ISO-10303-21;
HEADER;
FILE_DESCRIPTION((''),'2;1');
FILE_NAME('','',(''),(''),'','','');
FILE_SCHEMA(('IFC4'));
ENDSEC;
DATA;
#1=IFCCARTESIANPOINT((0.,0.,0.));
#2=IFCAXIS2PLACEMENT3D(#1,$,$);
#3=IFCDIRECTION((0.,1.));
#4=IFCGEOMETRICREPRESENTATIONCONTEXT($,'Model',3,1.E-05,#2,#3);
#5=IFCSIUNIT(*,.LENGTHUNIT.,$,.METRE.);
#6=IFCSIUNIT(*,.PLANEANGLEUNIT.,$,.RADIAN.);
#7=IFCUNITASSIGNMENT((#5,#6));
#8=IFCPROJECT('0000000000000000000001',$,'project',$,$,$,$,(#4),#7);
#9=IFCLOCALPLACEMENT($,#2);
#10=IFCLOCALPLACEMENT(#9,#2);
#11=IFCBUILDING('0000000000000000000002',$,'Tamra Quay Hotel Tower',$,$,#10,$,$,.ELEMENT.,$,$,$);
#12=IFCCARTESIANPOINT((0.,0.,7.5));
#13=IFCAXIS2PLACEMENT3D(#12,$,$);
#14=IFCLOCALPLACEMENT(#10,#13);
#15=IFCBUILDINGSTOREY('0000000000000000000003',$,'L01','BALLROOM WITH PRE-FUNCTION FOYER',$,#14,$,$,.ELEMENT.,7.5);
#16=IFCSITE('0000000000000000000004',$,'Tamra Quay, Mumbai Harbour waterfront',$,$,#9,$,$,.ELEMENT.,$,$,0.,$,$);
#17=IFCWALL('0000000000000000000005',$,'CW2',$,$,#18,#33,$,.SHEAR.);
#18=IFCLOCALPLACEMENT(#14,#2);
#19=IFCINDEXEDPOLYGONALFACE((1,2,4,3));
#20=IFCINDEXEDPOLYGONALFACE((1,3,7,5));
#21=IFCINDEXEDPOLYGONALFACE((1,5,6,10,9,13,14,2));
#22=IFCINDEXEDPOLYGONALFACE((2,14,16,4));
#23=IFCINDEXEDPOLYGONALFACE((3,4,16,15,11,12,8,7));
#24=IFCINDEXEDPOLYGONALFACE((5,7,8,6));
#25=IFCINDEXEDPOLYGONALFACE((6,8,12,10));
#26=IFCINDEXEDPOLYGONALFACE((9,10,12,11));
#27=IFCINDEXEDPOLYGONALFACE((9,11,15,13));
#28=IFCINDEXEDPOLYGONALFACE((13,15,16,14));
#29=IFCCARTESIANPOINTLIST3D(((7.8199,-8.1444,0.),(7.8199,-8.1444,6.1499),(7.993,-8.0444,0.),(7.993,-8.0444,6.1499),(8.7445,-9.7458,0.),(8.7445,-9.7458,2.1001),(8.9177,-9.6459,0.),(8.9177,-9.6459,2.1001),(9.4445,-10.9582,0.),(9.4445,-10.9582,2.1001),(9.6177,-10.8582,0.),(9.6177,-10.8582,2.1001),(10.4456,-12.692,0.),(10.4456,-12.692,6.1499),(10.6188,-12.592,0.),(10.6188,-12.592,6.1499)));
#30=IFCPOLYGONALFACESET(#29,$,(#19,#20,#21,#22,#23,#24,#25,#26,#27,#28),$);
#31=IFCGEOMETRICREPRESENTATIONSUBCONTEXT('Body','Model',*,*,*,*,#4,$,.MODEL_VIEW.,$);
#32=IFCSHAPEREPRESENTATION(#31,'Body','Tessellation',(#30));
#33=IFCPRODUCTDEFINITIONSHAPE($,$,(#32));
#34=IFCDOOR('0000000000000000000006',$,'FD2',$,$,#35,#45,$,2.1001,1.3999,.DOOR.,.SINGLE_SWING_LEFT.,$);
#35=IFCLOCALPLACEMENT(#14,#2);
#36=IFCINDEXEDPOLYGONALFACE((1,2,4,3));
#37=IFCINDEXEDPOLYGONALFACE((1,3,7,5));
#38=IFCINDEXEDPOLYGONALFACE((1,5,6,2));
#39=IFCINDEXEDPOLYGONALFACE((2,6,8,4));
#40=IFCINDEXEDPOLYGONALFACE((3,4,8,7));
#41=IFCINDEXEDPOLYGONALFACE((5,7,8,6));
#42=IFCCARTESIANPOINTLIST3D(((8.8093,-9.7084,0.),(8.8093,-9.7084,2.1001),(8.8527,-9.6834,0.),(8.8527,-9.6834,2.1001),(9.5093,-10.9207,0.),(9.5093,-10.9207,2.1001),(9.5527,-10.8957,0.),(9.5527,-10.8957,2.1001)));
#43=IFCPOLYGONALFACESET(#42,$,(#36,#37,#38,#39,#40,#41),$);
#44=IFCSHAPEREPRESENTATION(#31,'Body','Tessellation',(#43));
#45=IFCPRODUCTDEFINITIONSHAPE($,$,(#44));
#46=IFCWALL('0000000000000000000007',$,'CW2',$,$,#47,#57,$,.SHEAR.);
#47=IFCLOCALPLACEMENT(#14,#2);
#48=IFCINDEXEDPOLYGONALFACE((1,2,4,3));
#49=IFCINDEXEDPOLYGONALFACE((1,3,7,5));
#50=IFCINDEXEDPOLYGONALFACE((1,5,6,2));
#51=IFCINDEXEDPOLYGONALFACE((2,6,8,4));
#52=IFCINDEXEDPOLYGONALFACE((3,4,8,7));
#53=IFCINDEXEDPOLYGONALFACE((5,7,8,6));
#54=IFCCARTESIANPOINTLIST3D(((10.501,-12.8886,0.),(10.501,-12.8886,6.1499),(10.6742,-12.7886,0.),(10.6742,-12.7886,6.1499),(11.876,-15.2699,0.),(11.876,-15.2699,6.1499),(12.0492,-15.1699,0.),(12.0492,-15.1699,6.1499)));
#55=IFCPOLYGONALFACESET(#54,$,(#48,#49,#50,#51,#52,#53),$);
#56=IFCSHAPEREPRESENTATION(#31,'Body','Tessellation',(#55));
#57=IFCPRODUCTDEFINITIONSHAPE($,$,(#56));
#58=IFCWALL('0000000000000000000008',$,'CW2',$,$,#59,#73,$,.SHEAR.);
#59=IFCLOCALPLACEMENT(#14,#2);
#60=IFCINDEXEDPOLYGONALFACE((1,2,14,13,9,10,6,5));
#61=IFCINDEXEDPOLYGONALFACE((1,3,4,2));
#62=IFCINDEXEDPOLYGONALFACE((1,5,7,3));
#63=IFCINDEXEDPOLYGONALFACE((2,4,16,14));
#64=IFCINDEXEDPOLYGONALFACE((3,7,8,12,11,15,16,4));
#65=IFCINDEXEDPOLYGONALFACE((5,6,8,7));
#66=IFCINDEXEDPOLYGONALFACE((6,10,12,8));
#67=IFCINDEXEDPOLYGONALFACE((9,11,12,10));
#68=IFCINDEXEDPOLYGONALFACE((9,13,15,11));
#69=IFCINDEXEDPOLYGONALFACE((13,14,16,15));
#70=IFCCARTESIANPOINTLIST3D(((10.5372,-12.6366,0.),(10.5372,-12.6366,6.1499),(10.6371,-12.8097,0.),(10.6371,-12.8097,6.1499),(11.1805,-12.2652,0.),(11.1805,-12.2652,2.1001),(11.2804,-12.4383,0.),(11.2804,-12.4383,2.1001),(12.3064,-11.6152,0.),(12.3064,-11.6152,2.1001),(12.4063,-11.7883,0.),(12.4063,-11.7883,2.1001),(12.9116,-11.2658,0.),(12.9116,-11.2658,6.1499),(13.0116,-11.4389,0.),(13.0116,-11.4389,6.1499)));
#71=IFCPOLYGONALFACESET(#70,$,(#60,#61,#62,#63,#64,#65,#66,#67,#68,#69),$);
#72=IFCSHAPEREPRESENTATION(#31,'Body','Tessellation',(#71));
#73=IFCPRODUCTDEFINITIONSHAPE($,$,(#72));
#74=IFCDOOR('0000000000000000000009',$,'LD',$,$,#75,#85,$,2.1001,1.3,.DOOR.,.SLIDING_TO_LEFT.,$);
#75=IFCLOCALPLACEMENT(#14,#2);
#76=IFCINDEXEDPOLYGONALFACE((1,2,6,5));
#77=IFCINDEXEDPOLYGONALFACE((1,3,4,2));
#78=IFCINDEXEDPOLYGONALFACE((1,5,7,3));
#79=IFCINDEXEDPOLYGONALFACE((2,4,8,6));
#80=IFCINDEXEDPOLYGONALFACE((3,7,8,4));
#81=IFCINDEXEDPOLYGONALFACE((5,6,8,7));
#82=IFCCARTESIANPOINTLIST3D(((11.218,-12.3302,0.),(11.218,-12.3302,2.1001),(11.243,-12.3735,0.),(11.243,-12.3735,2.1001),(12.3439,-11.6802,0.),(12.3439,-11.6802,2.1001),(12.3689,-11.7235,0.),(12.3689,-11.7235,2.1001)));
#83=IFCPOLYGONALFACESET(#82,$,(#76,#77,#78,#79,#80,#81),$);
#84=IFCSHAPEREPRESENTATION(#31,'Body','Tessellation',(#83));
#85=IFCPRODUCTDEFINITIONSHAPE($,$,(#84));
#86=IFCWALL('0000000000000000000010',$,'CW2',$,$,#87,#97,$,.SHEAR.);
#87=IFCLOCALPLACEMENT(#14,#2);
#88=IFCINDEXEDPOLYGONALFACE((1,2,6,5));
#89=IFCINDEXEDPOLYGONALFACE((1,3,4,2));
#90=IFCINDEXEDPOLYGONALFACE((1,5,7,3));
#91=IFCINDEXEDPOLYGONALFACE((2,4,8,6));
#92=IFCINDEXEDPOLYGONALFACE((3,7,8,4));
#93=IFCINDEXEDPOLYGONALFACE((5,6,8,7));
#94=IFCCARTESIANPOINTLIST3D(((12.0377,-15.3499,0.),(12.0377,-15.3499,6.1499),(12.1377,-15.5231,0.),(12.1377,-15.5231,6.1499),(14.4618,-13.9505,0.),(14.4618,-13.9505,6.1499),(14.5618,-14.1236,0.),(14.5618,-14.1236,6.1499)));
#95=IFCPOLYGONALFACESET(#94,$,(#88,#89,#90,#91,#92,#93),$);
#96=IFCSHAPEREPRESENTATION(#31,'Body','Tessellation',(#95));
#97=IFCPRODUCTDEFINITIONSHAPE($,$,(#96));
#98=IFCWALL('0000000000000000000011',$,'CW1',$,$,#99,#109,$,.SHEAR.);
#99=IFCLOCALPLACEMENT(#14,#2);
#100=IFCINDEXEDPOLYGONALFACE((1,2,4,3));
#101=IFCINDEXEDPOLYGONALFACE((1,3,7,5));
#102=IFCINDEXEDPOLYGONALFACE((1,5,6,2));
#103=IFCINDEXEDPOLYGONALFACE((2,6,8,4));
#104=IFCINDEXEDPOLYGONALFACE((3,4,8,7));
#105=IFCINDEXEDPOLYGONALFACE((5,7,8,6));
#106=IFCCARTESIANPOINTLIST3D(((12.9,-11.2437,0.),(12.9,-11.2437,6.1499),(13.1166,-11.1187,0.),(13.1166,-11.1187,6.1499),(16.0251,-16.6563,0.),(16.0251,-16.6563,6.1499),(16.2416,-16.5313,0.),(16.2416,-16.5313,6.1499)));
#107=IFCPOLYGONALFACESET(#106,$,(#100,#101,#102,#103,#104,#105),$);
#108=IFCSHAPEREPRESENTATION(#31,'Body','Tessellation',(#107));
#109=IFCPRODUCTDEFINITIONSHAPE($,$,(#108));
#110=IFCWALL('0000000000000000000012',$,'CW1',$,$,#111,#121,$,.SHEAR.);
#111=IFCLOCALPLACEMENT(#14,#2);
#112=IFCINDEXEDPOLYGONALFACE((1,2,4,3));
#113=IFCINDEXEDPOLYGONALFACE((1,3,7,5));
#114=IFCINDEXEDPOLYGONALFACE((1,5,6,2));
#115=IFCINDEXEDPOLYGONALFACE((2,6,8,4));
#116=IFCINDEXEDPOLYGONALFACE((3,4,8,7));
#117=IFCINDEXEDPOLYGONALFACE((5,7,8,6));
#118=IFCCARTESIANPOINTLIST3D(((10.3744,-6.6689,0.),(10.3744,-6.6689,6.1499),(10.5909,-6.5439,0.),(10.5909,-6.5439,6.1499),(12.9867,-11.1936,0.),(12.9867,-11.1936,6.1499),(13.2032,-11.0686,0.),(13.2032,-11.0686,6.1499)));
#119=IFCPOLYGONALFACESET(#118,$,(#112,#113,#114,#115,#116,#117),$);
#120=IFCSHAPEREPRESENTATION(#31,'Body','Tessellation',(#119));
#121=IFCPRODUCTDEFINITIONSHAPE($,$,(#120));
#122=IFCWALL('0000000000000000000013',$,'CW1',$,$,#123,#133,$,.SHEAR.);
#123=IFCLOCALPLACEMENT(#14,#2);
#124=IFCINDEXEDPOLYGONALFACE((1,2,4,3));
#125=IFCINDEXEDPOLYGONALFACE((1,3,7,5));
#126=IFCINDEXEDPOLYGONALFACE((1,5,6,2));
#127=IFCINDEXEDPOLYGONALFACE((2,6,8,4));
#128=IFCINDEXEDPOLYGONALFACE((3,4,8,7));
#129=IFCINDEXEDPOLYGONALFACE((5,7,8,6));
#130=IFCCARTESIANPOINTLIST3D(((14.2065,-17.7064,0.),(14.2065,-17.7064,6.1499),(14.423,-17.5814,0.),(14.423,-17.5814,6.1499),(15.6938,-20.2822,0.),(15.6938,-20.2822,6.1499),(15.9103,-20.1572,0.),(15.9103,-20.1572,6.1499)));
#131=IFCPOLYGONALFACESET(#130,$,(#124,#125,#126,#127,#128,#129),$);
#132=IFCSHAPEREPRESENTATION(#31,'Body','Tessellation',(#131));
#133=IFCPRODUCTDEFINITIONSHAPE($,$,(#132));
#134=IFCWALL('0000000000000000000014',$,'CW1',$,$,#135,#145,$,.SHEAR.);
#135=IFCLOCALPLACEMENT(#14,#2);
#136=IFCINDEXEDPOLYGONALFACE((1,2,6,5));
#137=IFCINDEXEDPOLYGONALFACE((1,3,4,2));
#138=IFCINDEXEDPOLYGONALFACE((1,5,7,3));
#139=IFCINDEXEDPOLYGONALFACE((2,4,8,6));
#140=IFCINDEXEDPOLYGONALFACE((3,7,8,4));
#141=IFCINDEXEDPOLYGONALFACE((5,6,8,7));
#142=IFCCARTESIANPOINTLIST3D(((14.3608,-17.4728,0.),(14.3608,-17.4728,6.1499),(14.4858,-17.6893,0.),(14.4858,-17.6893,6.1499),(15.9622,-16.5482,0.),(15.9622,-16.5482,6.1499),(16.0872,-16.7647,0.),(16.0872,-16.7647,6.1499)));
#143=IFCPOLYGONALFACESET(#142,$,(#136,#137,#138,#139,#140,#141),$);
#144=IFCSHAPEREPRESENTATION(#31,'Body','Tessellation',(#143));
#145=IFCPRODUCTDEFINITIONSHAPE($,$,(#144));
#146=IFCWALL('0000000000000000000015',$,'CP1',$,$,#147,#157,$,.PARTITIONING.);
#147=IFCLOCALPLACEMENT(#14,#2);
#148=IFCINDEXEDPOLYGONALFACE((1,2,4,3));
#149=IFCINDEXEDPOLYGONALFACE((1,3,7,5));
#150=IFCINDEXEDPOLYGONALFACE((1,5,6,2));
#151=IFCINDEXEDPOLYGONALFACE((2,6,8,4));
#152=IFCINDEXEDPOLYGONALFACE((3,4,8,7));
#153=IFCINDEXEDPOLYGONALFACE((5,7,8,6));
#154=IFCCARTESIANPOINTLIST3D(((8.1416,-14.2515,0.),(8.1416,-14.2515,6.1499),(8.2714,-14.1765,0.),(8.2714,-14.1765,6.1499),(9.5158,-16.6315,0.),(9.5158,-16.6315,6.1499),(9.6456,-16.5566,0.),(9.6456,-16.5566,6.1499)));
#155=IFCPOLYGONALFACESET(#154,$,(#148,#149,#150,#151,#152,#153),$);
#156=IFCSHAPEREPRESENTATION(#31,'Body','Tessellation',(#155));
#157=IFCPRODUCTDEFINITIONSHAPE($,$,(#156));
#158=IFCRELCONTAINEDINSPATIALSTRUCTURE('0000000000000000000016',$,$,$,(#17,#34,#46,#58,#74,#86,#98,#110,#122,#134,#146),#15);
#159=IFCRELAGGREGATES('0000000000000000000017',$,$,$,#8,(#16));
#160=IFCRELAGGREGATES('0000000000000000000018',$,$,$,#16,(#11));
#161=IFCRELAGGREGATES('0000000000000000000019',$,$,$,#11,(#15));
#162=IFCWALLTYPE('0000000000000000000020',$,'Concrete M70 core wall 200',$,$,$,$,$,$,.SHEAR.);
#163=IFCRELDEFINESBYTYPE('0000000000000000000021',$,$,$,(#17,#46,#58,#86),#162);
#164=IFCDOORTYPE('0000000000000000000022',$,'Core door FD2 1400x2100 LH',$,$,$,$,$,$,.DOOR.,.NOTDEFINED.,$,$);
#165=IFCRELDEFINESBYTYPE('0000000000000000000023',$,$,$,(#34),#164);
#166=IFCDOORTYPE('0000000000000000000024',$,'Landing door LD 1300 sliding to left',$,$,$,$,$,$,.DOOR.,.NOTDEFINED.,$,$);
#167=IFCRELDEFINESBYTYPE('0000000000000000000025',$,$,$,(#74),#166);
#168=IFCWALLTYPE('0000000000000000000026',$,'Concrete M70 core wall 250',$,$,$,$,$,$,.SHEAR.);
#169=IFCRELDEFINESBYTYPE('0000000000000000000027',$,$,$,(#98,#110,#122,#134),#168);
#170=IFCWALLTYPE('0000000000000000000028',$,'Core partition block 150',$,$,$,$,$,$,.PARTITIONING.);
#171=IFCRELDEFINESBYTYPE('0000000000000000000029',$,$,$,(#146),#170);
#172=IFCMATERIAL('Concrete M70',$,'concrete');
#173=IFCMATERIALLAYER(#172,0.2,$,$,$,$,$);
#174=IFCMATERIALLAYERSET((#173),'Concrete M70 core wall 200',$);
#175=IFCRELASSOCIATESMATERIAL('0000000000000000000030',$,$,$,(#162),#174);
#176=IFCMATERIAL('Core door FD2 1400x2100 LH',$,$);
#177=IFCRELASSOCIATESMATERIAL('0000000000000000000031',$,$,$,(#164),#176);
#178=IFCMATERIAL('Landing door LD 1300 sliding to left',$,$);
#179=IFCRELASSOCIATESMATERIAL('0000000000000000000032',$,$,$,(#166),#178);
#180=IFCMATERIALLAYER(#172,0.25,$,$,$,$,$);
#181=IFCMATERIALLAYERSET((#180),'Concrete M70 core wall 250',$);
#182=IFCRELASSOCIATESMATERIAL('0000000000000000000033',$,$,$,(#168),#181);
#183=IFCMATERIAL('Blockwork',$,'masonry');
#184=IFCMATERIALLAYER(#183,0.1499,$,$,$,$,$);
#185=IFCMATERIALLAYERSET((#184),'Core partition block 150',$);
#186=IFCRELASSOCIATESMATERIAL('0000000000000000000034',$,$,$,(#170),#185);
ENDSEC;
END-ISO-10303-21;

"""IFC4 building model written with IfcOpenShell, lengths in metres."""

from ifc_helpers import new_model, si_unit, direction, frame, frame_2d, origin, place, context, subcontext, project, spatial, rectangle, extrude, material, layer, layer_set, type_object, element, fill, save


model = new_model("IFC4")

# Units and contexts
model_context = context("Model", 3, precision=1e-05, world=origin(), true_north=direction((0.0, 1.0)))
body_context = subcontext(model_context, "Body", "Model", "MODEL_VIEW")
ifc_project = project(units=[si_unit("LENGTHUNIT", "METRE"), si_unit("PLANEANGLEUNIT", "RADIAN")], contexts=[model_context])

# Site, building, storey
site_placement = place(None, origin())
site = spatial("IfcSite", under=ifc_project, at=site_placement, Name="Tamra Quay, Mumbai Harbour waterfront", CompositionType="ELEMENT", RefElevation=0.0)
building_placement = place(site_placement, origin())
building = spatial("IfcBuilding", under=site, at=building_placement, Name="Tamra Quay Hotel Tower", CompositionType="ELEMENT")
storey_placement = place(building_placement, frame((0.0, 0.0, 7.5)))
storey = spatial("IfcBuildingStorey", under=building, at=storey_placement, Name="L01", Description="BALLROOM WITH PRE-FUNCTION FOYER", CompositionType="ELEMENT", Elevation=7.5)

# Shared definitions
ifc_material_1 = material(Name="Concrete M70", Category="concrete")

# Shared definitions
ifc_layer_1 = layer(ifc_material_1, 0.2)
ifc_layer_set_1 = layer_set([ifc_layer_1], Name="Concrete M70 core wall 200")
wall_type_1 = type_object("IfcWallType", Name="Concrete M70 core wall 200", PredefinedType="SHEAR", material=ifc_layer_set_1)

# Wall, opening, door
wall_1_placement = place(storey_placement, frame((7.9065, -8.0945, 0.0), z_axis=(0.0, 0.0, 1.0), x_axis=(0.500024, -0.866011, 0.0)))
wall_1 = element("IfcWall", 1, at=wall_1_placement, inside=storey, type_object=wall_type_1, Name="CW2", PredefinedType="SHEAR", context=body_context, shape_type="SweptSolid", body=[
    extrude(rectangle(XDim=5.2512, YDim=0.2, at=frame_2d((2.6255, 0.0))), origin(), (0.0, 0.0, 1.0), 6.1499),
])
opening_1_placement = place(wall_1_placement, frame((1.8491, 0.0, 0.0)))
opening_1 = element("IfcOpeningElement", 2, at=opening_1_placement, cuts=wall_1, PredefinedType="OPENING", context=body_context, shape_type="SweptSolid", body=[
    extrude(rectangle(XDim=1.3999, YDim=2.1001, at=frame_2d((0.7, 1.05))), frame((0.0, 0.1099, 0.0), z_axis=(0.0, -1.0, 0.0), x_axis=(1.0, 0.0, 0.0)), (0.0, 0.0, 1.0), 0.22),
])
ifc_material_2 = material(Name="Core door FD2 1400x2100 LH")
door_type_1 = type_object("IfcDoorType", Name="Core door FD2 1400x2100 LH", OperationType="NOTDEFINED", PredefinedType="DOOR", material=ifc_material_2)
door_1_placement = place(opening_1_placement, origin())
door_1 = element("IfcDoor", 3, at=door_1_placement, inside=storey, type_object=door_type_1, Name="FD2", OperationType="SINGLE_SWING_LEFT", OverallHeight=2.1001, OverallWidth=1.3999, PredefinedType="DOOR", context=body_context, shape_type="SweptSolid", body=[
    extrude(rectangle(XDim=1.3999, YDim=2.1001, at=frame_2d((0.7, 1.05))), frame((0.0, 0.0249, 0.0), z_axis=(0.0, -1.0, 0.0), x_axis=(1.0, 0.0, 0.0)), (0.0, 0.0, 1.0), 0.05),
])
fill(opening_1, door_1)

# Wall
wall_2_placement = place(storey_placement, frame((11.9626, -15.22, 0.0), z_axis=(0.0, 0.0, 1.0), x_axis=(-0.500035, 0.866005, 0.0)))
element("IfcWall", 4, at=wall_2_placement, inside=storey, type_object=wall_type_1, Name="CW2", PredefinedType="SHEAR", context=body_context, shape_type="SweptSolid", body=[
    extrude(rectangle(XDim=2.7498, YDim=0.2, at=frame_2d((1.375, 0.0))), origin(), (0.0, 0.0, 1.0), 6.1499),
])

# Wall, opening, door
wall_3_placement = place(storey_placement, frame((10.5872, -12.7231, 0.0), z_axis=(0.0, 0.0, 1.0), x_axis=(0.866037, 0.499979, 0.0)))
wall_3 = element("IfcWall", 5, at=wall_3_placement, inside=storey, type_object=wall_type_1, Name="CW2", PredefinedType="SHEAR", context=body_context, shape_type="SweptSolid", body=[
    extrude(rectangle(XDim=2.7417, YDim=0.2, at=frame_2d((1.3708, 0.0))), origin(), (0.0, 0.0, 1.0), 6.1499),
])
opening_2_placement = place(wall_3_placement, frame((0.7429, 0.0, 0.0)))
opening_2 = element("IfcOpeningElement", 6, at=opening_2_placement, cuts=wall_3, PredefinedType="OPENING", context=body_context, shape_type="SweptSolid", body=[
    extrude(rectangle(XDim=1.3, YDim=2.1001, at=frame_2d((0.6499, 1.05))), frame((0.0, 0.1099, 0.0), z_axis=(0.0, -1.0, 0.0), x_axis=(1.0, 0.0, 0.0)), (0.0, 0.0, 1.0), 0.22),
])
ifc_material_3 = material(Name="Landing door LD 1300 sliding to left")
door_type_2 = type_object("IfcDoorType", Name="Landing door LD 1300 sliding to left", OperationType="NOTDEFINED", PredefinedType="DOOR", material=ifc_material_3)
door_2_placement = place(opening_2_placement, origin())
door_2 = element("IfcDoor", 7, at=door_2_placement, inside=storey, type_object=door_type_2, Name="LD", OperationType="SLIDING_TO_LEFT", OverallHeight=2.1001, OverallWidth=1.3, PredefinedType="DOOR", context=body_context, shape_type="SweptSolid", body=[
    extrude(rectangle(XDim=1.3, YDim=2.1001, at=frame_2d((0.6499, 1.05))), frame((0.0, 0.0249, 0.0), z_axis=(0.0, -1.0, 0.0), x_axis=(1.0, 0.0, 0.0)), (0.0, 0.0, 1.0), 0.05),
])
fill(opening_2, door_2)

# Walls
wall_4_placement = place(storey_placement, frame((14.5117, -14.0371, 0.0), z_axis=(0.0, 0.0, 1.0), x_axis=(-0.866045, -0.499967, 0.0)))
element("IfcWall", 8, at=wall_4_placement, inside=storey, type_object=wall_type_1, Name="CW2", PredefinedType="SHEAR", context=body_context, shape_type="SweptSolid", body=[
    extrude(rectangle(XDim=2.7991, YDim=0.2, at=frame_2d((1.3994, 0.0))), origin(), (0.0, 0.0, 1.0), 6.1499),
])
ifc_layer_2 = layer(ifc_material_1, 0.25)
ifc_layer_set_2 = layer_set([ifc_layer_2], Name="Concrete M70 core wall 250")
wall_type_2 = type_object("IfcWallType", Name="Concrete M70 core wall 250", PredefinedType="SHEAR", material=ifc_layer_set_2)
wall_5_placement = place(storey_placement, frame((13.0083, -11.1812, 0.0), z_axis=(0.0, 0.0, 1.0), x_axis=(0.500004, -0.866023, 0.0)))
element("IfcWall", 9, at=wall_5_placement, inside=storey, type_object=wall_type_2, Name="CW1", PredefinedType="SHEAR", context=body_context, shape_type="SweptSolid", body=[
    extrude(rectangle(XDim=6.25, YDim=0.25, at=frame_2d((3.125, 0.0))), origin(), (0.0, 0.0, 1.0), 6.1499),
])
wall_6_placement = place(storey_placement, frame((10.4827, -6.6064, 0.0), z_axis=(0.0, 0.0, 1.0), x_axis=(0.499999, -0.866026, 0.0)))
element("IfcWall", 10, at=wall_6_placement, inside=storey, type_object=wall_type_2, Name="CW1", PredefinedType="SHEAR", context=body_context, shape_type="SweptSolid", body=[
    extrude(rectangle(XDim=5.2246, YDim=0.25, at=frame_2d((2.6123, 0.0))), origin(), (0.0, 0.0, 1.0), 6.1499),
])
wall_7_placement = place(storey_placement, frame((14.3147, -17.6438, 0.0), z_axis=(0.0, 0.0, 1.0), x_axis=(0.500023, -0.866012, 0.0)))
element("IfcWall", 11, at=wall_7_placement, inside=storey, type_object=wall_type_2, Name="CW1", PredefinedType="SHEAR", context=body_context, shape_type="SweptSolid", body=[
    extrude(rectangle(XDim=2.9744, YDim=0.25, at=frame_2d((1.4873, 0.0))), origin(), (0.0, 0.0, 1.0), 6.1499),
])
wall_8_placement = place(storey_placement, frame((16.0247, -16.6565, 0.0), z_axis=(0.0, 0.0, 1.0), x_axis=(-0.866016, -0.500016, 0.0)))
element("IfcWall", 12, at=wall_8_placement, inside=storey, type_object=wall_type_2, Name="CW1", PredefinedType="SHEAR", context=body_context, shape_type="SweptSolid", body=[
    extrude(rectangle(XDim=1.8491, YDim=0.25, at=frame_2d((0.9246, 0.0))), origin(), (0.0, 0.0, 1.0), 6.1499),
])
ifc_material_4 = material(Name="Blockwork", Category="masonry")
ifc_layer_3 = layer(ifc_material_4, 0.1499)
ifc_layer_set_3 = layer_set([ifc_layer_3], Name="Core partition block 150")
wall_type_3 = type_object("IfcWallType", Name="Core partition block 150", PredefinedType="PARTITIONING", material=ifc_layer_set_3)
wall_9_placement = place(storey_placement, frame((8.2065, -14.2141, 0.0), z_axis=(0.0, 0.0, 1.0), x_axis=(0.500027, -0.86601, 0.0)))
element("IfcWall", 13, at=wall_9_placement, inside=storey, type_object=wall_type_3, Name="CP1", PredefinedType="PARTITIONING", context=body_context, shape_type="SweptSolid", body=[
    extrude(rectangle(XDim=2.7483, YDim=0.1499, at=frame_2d((1.374, 0.0))), origin(), (0.0, 0.0, 1.0), 6.1499),
])

save(model, "model.ifc")
